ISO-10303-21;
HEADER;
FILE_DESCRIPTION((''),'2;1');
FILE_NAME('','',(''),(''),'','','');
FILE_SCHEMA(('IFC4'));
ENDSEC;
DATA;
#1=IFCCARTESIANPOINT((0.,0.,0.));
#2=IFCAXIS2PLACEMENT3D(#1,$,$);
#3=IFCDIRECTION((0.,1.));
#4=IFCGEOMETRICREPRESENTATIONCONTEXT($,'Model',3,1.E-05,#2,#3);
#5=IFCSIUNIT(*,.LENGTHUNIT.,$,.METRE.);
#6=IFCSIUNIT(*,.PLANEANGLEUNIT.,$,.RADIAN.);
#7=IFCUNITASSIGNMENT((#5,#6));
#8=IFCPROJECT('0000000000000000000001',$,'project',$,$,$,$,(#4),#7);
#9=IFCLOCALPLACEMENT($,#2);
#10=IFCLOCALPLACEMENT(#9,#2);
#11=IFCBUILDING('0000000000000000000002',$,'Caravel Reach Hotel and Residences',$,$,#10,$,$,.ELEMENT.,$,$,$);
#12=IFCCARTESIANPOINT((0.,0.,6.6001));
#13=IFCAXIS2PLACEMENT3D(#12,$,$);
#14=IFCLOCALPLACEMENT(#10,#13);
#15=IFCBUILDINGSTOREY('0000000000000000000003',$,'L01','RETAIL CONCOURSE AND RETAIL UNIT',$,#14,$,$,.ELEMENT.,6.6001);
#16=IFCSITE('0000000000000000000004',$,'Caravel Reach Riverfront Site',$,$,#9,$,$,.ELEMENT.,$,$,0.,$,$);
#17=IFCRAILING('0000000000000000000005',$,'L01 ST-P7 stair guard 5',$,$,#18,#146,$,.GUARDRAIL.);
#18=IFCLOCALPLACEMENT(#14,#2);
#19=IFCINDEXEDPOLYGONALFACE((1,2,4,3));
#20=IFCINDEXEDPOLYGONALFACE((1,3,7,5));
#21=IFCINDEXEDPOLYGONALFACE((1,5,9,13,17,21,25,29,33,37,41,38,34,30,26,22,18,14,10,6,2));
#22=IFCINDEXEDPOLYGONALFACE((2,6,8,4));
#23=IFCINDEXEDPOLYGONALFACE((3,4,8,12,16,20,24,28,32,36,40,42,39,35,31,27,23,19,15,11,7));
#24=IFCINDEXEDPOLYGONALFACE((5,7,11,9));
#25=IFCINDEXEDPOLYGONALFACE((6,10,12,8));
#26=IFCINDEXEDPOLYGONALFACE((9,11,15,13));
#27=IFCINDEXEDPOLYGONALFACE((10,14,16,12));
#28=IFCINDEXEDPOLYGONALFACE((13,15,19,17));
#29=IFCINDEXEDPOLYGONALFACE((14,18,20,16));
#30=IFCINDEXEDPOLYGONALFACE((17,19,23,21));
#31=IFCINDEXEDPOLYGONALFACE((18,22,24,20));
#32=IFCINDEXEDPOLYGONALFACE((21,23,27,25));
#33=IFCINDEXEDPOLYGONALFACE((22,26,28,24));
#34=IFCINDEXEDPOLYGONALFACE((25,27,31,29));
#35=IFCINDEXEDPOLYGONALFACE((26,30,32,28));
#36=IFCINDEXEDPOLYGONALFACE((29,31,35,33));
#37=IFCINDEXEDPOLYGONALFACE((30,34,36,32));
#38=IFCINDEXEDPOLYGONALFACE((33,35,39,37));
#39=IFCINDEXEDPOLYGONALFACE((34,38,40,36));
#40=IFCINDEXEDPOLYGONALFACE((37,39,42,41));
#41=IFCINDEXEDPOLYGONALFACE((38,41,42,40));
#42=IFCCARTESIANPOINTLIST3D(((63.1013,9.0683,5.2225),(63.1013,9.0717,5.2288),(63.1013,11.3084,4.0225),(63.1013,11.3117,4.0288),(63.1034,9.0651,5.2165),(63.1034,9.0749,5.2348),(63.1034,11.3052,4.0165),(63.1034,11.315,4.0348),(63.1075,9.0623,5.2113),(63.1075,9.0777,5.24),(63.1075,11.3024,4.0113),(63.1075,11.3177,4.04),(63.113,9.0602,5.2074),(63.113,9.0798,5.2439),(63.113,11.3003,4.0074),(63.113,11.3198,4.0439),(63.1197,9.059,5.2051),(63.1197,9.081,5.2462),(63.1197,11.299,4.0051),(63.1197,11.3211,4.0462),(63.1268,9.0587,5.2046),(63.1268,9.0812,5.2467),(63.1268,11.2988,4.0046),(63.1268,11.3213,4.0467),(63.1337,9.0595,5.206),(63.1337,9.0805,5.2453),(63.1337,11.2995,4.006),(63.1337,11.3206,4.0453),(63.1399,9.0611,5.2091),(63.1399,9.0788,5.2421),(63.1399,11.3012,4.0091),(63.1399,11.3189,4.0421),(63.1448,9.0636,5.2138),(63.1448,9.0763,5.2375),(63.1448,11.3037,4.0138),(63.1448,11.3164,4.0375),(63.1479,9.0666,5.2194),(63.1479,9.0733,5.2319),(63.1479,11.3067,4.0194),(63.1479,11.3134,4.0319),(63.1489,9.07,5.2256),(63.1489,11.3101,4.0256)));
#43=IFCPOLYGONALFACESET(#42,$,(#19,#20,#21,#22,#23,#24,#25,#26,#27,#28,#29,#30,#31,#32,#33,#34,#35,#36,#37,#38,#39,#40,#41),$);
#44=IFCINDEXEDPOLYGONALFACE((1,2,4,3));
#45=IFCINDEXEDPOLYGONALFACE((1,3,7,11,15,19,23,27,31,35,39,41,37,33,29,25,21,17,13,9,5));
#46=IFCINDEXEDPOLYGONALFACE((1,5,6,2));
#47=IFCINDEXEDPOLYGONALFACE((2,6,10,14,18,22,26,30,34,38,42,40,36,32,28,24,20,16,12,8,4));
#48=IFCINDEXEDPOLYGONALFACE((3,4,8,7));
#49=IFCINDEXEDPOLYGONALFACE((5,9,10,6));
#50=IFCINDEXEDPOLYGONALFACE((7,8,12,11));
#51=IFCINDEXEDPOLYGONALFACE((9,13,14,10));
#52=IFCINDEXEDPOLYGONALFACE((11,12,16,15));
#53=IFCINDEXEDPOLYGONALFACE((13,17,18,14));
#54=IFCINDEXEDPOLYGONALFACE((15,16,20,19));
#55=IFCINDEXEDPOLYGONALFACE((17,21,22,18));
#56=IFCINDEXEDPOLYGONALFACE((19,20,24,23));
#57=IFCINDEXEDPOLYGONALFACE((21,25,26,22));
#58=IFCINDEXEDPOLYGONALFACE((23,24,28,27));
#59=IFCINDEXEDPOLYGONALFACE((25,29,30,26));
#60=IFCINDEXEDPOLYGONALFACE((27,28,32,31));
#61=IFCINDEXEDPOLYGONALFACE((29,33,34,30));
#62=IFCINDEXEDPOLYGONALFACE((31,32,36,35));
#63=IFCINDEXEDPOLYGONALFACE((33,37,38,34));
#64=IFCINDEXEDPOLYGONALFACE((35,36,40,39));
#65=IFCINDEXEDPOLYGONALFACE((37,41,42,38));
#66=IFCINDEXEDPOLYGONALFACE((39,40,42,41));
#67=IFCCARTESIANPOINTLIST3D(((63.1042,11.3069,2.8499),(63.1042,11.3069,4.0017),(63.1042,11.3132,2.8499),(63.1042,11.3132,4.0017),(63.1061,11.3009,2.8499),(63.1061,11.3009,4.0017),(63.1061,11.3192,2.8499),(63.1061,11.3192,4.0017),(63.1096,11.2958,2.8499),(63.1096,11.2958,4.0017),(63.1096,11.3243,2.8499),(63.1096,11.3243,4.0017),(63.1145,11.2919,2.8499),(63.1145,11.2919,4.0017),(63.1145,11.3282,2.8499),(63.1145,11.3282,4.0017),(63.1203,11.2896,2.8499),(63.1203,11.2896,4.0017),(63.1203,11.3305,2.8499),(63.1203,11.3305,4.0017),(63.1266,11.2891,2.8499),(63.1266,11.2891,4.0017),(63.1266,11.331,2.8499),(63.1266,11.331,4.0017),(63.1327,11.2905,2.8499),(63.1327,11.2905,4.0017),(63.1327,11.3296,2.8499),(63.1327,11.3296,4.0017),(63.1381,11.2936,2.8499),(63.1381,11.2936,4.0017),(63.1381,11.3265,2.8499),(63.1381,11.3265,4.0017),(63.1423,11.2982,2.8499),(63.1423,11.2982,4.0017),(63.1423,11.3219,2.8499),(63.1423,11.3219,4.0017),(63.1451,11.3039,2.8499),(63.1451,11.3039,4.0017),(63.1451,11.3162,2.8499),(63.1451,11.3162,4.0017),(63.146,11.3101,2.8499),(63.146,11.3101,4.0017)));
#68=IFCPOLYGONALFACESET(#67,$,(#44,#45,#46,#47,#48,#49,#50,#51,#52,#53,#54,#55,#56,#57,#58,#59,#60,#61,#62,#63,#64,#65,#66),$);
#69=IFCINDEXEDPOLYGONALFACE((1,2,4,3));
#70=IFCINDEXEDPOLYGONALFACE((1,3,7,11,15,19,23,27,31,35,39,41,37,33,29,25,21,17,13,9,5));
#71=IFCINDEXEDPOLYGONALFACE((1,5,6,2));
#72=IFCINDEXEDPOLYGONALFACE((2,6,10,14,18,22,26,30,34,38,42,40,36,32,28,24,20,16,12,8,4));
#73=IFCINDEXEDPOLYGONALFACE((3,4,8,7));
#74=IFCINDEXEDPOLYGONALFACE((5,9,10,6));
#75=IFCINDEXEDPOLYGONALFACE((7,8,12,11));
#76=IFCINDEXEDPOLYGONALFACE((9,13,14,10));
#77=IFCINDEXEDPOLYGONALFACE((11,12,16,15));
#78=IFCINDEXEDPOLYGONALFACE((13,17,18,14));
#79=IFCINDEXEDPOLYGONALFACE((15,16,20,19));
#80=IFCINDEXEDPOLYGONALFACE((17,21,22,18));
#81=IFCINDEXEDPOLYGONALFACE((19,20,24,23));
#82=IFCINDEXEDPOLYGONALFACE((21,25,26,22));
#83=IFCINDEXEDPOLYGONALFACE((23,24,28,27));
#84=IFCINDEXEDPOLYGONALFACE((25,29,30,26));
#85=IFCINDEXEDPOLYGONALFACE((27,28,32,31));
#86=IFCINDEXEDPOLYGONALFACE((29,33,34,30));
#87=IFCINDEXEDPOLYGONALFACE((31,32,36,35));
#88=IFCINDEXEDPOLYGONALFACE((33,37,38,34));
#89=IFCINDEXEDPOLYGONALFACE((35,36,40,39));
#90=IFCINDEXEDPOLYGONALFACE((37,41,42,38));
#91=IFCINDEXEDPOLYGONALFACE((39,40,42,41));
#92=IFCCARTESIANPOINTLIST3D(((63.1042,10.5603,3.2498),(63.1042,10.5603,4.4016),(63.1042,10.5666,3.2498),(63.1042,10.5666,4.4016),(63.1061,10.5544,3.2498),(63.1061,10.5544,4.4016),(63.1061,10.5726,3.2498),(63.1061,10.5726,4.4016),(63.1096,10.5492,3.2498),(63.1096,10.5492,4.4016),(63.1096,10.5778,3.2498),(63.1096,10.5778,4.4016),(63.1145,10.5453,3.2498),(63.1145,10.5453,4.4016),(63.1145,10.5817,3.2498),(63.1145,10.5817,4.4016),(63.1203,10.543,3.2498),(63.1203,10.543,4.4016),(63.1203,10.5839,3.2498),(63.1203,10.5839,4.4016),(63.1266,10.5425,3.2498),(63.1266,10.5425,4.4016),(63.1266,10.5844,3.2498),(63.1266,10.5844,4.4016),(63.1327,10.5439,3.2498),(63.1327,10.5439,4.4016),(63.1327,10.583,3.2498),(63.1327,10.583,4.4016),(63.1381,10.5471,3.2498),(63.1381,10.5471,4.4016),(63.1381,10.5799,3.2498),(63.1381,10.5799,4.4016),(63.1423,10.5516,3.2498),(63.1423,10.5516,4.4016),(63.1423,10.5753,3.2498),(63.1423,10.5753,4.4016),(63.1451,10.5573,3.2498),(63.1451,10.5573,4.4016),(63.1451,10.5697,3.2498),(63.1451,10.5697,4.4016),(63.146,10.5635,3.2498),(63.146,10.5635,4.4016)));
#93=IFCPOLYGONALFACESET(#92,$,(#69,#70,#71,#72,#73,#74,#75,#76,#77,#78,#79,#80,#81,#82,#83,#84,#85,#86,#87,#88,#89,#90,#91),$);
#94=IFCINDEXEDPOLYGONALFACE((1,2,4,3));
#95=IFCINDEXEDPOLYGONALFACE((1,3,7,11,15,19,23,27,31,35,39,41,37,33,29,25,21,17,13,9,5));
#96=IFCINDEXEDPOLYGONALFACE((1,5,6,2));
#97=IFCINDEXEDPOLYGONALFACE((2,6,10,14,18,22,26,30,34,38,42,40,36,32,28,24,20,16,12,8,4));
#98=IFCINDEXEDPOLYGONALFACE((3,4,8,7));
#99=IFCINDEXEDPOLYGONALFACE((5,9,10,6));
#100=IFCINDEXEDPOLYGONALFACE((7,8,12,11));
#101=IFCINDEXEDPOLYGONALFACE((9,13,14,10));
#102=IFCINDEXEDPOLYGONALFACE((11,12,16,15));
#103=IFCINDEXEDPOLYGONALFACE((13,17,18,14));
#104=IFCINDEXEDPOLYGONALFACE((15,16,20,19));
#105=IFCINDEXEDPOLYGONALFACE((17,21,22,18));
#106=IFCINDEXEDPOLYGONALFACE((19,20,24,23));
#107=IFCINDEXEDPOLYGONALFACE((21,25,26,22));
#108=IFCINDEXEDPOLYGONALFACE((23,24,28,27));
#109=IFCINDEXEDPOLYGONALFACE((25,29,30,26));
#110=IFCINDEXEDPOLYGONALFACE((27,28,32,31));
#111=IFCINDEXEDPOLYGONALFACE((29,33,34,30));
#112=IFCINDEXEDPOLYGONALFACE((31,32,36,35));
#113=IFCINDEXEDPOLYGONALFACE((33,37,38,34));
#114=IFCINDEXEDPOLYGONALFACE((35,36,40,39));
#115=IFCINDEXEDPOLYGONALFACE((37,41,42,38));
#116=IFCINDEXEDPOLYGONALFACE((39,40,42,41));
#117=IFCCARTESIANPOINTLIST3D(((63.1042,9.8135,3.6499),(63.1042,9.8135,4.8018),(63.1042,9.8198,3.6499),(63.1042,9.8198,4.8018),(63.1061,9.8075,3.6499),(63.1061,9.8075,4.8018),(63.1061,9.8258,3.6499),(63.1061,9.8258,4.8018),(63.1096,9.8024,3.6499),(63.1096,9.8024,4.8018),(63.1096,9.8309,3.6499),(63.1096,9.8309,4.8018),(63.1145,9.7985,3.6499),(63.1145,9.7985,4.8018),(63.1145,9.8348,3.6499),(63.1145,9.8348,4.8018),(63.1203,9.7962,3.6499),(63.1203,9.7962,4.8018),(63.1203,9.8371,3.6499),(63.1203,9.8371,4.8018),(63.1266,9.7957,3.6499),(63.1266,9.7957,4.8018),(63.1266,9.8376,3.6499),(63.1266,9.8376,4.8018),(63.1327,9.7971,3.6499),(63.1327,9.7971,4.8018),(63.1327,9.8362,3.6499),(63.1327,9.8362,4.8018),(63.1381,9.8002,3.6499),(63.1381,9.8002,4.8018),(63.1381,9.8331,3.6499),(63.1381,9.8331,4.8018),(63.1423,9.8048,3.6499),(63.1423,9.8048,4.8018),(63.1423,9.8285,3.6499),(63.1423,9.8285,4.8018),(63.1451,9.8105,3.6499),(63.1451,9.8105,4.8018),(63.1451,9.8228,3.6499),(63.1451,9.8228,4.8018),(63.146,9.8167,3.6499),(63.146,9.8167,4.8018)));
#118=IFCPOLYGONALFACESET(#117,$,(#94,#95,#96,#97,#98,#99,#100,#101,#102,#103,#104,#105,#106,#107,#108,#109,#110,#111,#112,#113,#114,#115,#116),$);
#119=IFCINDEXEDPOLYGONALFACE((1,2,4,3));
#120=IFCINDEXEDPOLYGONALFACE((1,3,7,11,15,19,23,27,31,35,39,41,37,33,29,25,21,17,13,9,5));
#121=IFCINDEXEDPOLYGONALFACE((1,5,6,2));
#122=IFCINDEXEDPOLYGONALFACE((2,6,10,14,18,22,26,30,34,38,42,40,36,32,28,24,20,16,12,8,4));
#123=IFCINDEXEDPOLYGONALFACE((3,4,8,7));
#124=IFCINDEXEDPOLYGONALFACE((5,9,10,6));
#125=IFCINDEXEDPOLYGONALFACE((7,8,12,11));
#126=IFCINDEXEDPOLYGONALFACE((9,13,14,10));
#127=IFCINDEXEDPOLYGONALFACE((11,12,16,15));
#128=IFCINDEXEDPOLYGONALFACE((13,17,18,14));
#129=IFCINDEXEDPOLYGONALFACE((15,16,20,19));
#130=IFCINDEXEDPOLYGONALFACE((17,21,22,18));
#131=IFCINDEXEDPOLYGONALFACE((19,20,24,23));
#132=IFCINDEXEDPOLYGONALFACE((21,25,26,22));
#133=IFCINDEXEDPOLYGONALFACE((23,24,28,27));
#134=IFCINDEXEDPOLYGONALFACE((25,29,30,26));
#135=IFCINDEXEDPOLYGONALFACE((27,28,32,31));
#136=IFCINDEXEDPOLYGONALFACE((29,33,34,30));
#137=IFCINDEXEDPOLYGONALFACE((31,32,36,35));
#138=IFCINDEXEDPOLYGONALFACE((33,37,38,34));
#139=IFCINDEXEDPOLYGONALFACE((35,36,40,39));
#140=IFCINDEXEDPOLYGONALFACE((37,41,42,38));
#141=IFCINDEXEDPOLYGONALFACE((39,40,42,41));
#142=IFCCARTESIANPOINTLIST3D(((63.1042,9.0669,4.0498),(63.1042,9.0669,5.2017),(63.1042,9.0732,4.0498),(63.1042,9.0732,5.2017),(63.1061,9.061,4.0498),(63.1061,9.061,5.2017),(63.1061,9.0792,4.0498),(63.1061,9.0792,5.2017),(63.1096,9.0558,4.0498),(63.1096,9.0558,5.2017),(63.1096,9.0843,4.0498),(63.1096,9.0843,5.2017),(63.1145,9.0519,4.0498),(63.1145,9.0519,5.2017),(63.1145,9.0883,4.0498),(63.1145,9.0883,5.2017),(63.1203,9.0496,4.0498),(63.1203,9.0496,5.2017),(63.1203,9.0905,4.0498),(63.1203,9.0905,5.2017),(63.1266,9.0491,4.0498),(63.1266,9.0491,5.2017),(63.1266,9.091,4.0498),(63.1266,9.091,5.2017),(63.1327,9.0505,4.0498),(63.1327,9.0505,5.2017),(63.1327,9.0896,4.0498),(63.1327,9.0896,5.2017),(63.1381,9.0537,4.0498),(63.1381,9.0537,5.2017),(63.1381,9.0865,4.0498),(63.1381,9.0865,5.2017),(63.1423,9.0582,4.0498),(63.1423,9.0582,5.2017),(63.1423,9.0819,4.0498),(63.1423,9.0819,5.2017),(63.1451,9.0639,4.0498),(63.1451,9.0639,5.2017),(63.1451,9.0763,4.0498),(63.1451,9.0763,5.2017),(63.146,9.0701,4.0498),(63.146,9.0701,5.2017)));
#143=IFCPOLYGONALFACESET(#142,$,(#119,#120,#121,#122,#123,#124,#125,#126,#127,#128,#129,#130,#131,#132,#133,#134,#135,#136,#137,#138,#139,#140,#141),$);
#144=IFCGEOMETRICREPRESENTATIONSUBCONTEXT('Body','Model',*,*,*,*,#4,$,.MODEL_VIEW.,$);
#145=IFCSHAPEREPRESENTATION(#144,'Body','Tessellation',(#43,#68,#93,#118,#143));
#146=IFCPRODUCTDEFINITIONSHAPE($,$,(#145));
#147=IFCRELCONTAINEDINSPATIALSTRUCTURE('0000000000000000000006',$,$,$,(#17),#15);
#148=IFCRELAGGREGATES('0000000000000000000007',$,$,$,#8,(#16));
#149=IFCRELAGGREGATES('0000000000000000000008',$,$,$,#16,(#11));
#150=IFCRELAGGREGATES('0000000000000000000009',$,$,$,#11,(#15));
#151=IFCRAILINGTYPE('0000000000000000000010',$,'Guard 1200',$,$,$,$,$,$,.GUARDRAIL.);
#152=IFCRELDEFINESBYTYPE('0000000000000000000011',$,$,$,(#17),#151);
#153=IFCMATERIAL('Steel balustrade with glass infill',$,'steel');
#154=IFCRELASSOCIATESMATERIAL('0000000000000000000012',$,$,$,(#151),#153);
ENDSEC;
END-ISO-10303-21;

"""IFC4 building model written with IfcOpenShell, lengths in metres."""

from ifc_helpers import new_model, si_unit, direction, frame, origin, origin_2d, place, context, subcontext, project, spatial, circle, extrude, material, type_object, element, save


model = new_model("IFC4")

# Units and contexts
model_context = context("Model", 3, precision=1e-05, world=origin(), true_north=direction((0.0, 1.0)))
body_context = subcontext(model_context, "Body", "Model", "MODEL_VIEW")
ifc_project = project(units=[si_unit("LENGTHUNIT", "METRE"), si_unit("PLANEANGLEUNIT", "RADIAN")], contexts=[model_context])

# Site, building, storey
site_placement = place(None, origin())
site = spatial("IfcSite", under=ifc_project, at=site_placement, Name="Caravel Reach Riverfront Site", CompositionType="ELEMENT", RefElevation=0.0)
building_placement = place(site_placement, origin())
building = spatial("IfcBuilding", under=site, at=building_placement, Name="Caravel Reach Hotel and Residences", CompositionType="ELEMENT")
storey_placement = place(building_placement, frame((0.0, 0.0, 6.6001)))
storey = spatial("IfcBuildingStorey", under=building, at=storey_placement, Name="L01", Description="RETAIL CONCOURSE AND RETAIL UNIT", CompositionType="ELEMENT", Elevation=6.6001)

# Railing
ifc_material_1 = material(Name="Steel balustrade with glass infill", Category="steel")
railing_type_1 = type_object("IfcRailingType", Name="Guard 1200", PredefinedType="GUARDRAIL", material=ifc_material_1)
railing_1_placement = place(storey_placement, frame((63.125, 11.3101, 2.8499)))
element("IfcRailing", 1, at=railing_1_placement, inside=storey, type_object=railing_type_1, Name="L01 ST-P7 stair guard 5", PredefinedType="GUARDRAIL", context=body_context, shape_type="SweptSolid", body=[
    extrude(circle(Radius=0.0239, at=origin_2d()), frame((0.0, 0.0, 1.1758), z_axis=(0.0, -0.881487, 0.472208), x_axis=(1.0, 0.0, 0.0)), (0.0, 0.0, 1.0), 2.5413),
    extrude(circle(Radius=0.021, at=origin_2d()), origin(), (0.0, 0.0, 1.0), 1.1519),
    extrude(circle(Radius=0.021, at=origin_2d()), frame((0.0, -0.7466, 0.3999)), (0.0, 0.0, 1.0), 1.1519),
    extrude(circle(Radius=0.021, at=origin_2d()), frame((0.0, -1.4934, 0.8)), (0.0, 0.0, 1.0), 1.1519),
    extrude(circle(Radius=0.021, at=origin_2d()), frame((0.0, -2.24, 1.2)), (0.0, 0.0, 1.0), 1.1519),
])

save(model, "model.ifc")
